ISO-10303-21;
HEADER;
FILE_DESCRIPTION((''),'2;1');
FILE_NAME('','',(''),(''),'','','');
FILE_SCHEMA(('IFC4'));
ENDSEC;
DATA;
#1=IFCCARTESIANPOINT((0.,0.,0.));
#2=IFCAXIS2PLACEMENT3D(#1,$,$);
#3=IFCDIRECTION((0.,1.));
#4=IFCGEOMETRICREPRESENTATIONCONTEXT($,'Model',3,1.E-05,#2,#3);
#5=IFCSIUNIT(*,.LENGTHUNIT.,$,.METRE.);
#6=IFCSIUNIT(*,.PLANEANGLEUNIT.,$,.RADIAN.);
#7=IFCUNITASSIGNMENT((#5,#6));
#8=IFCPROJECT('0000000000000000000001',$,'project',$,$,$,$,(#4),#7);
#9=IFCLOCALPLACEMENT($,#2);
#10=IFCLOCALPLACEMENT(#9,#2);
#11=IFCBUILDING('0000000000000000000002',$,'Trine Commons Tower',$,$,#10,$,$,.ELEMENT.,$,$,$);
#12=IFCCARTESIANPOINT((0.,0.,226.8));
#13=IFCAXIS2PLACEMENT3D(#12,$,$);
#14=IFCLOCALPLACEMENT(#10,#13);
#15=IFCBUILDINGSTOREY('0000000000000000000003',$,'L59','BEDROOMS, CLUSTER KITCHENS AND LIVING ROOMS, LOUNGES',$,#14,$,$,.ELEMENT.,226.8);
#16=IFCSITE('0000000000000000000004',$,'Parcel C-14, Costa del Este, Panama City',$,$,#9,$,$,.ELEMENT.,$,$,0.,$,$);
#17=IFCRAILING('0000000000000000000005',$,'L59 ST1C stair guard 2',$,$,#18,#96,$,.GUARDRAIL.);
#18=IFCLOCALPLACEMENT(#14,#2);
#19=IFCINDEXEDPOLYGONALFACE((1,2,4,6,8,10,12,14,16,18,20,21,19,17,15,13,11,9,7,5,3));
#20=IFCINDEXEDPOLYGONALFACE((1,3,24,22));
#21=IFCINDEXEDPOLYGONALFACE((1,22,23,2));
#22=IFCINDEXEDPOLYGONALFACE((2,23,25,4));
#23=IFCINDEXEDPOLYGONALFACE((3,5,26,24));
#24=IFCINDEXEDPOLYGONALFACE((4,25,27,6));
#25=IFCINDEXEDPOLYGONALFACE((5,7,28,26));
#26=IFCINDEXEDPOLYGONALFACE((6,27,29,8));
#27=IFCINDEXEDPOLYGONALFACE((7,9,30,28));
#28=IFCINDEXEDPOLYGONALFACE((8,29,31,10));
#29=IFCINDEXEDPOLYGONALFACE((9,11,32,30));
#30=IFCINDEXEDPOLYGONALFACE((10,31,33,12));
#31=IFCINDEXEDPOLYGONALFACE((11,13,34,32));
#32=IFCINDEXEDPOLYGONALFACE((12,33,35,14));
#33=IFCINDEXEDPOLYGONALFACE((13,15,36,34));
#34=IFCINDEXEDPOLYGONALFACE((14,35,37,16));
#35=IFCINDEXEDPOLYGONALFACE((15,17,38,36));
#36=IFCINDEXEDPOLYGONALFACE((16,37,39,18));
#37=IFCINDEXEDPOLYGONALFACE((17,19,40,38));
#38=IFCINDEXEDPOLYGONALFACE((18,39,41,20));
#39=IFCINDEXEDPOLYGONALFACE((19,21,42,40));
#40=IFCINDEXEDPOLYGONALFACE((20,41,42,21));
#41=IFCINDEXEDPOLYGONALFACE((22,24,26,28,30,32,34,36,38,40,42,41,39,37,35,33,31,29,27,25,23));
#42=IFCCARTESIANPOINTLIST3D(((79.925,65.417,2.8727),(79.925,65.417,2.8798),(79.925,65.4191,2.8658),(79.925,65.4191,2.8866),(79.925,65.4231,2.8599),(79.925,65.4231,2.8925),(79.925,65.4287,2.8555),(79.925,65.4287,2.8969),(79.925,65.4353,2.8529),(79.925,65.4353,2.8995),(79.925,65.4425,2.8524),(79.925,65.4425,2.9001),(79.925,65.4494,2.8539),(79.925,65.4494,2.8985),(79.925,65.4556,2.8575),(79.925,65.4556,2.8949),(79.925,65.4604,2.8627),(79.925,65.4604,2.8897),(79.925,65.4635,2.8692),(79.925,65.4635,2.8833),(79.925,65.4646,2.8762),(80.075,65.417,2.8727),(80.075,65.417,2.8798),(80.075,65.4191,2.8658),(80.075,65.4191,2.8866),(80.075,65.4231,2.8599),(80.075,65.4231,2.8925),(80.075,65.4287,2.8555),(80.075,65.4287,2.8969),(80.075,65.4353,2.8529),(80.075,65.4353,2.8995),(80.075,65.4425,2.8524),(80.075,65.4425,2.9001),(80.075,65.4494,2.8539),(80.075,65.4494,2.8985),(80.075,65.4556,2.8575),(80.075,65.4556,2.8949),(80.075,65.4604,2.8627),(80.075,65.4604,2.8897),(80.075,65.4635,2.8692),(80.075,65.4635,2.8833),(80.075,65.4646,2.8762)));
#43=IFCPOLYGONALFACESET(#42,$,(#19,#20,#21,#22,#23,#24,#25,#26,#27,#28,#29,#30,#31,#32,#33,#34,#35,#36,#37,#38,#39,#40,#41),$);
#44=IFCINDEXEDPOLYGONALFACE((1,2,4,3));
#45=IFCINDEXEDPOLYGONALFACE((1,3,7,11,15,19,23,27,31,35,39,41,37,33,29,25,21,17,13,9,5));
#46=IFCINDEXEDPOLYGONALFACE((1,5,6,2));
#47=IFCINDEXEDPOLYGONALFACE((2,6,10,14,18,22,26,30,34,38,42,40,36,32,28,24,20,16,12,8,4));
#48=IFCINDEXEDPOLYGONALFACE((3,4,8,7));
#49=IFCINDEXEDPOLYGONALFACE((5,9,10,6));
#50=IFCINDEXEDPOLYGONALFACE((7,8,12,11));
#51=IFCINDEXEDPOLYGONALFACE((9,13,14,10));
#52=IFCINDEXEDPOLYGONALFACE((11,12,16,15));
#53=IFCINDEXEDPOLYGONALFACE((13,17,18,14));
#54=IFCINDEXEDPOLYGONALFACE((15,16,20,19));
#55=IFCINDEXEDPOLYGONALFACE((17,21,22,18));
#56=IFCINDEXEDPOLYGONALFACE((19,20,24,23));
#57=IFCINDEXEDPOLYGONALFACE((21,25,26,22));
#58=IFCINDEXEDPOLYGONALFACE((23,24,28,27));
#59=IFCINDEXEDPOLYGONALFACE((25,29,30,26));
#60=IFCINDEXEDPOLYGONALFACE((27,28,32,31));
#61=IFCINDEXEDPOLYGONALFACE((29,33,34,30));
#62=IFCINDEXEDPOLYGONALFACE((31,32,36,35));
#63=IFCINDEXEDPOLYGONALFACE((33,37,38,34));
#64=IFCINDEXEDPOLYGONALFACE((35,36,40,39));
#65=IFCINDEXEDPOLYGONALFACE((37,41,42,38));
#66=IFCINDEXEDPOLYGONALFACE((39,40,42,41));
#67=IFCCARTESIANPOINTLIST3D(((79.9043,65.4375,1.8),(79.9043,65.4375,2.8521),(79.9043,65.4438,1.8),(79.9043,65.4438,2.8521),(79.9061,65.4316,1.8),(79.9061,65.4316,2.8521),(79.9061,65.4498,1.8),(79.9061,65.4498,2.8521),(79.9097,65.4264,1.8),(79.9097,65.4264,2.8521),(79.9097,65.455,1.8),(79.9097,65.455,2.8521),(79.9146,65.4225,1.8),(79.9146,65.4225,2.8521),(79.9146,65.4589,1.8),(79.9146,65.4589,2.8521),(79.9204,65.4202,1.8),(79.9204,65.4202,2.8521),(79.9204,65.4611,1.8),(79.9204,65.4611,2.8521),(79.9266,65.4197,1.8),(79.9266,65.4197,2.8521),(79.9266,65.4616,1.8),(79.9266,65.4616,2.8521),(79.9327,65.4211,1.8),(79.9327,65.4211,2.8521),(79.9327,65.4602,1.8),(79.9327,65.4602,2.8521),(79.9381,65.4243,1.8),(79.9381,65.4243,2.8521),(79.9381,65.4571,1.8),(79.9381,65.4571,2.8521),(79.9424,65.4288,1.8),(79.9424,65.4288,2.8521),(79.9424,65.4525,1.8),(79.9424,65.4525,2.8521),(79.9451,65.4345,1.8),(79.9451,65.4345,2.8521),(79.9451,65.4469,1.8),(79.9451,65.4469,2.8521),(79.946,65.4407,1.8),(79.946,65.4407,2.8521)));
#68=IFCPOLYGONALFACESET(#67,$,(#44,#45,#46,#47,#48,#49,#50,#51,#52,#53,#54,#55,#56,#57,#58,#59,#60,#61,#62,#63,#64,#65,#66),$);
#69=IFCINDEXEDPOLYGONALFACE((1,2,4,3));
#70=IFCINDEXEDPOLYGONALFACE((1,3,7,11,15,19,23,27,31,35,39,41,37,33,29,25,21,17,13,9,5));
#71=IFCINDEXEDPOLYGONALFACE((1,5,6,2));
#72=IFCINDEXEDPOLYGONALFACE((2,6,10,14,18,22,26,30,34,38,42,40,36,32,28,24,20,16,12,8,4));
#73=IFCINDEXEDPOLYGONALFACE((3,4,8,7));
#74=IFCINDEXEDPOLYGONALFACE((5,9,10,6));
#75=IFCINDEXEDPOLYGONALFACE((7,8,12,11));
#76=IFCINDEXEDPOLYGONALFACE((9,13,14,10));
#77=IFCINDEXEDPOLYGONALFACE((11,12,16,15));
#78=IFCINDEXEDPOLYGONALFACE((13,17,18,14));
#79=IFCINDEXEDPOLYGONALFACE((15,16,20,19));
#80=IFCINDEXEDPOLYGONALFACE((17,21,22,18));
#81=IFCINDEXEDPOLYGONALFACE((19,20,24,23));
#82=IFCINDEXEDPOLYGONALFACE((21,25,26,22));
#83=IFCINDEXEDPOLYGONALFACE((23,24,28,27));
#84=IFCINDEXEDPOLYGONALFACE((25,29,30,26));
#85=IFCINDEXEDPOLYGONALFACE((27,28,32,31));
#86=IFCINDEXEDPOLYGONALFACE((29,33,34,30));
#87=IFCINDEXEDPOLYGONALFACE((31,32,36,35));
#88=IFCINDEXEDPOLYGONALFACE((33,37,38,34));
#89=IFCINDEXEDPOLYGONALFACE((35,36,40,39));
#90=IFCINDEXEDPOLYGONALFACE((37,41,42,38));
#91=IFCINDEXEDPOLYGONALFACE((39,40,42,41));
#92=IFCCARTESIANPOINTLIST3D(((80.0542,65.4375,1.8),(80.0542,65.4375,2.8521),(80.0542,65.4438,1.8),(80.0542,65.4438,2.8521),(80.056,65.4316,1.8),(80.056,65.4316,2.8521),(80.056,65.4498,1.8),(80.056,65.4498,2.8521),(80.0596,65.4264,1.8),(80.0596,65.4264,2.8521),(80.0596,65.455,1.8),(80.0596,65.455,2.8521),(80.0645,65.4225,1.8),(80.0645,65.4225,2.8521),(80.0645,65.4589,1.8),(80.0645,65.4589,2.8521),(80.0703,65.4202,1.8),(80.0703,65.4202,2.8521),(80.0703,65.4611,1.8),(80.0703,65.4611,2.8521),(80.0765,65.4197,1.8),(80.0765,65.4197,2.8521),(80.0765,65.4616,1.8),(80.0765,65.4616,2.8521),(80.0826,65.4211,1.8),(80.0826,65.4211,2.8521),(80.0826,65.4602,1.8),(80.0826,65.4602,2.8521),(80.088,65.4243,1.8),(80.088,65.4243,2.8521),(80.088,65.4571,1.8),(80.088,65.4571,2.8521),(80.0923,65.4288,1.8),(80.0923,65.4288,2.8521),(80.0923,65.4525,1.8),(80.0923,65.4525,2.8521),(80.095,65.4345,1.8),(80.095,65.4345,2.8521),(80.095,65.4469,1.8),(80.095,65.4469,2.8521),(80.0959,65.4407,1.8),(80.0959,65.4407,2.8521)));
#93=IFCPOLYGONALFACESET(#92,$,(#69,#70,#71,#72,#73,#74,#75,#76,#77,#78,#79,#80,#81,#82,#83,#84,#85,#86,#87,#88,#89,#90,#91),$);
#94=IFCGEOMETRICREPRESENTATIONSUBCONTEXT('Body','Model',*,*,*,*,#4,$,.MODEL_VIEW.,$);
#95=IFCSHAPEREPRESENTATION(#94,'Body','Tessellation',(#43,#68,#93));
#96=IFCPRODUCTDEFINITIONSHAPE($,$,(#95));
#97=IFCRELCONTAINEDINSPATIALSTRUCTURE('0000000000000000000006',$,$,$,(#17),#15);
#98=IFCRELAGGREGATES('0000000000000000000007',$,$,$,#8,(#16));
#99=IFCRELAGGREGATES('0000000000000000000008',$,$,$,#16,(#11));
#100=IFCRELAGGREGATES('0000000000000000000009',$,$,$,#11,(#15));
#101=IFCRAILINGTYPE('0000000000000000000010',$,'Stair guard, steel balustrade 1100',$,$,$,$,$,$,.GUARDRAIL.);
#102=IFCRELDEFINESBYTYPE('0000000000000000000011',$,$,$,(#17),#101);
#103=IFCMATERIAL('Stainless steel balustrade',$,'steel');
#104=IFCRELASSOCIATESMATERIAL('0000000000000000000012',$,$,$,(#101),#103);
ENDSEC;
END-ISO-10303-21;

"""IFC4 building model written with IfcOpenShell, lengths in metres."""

from ifc_helpers import new_model, si_unit, direction, frame, origin, origin_2d, place, context, subcontext, project, spatial, circle, extrude, material, type_object, element, save


model = new_model("IFC4")

# Units and contexts
model_context = context("Model", 3, precision=1e-05, world=origin(), true_north=direction((0.0, 1.0)))
body_context = subcontext(model_context, "Body", "Model", "MODEL_VIEW")
ifc_project = project(units=[si_unit("LENGTHUNIT", "METRE"), si_unit("PLANEANGLEUNIT", "RADIAN")], contexts=[model_context])

# Site, building, storey
site_placement = place(None, origin())
site = spatial("IfcSite", under=ifc_project, at=site_placement, Name="Parcel C-14, Costa del Este, Panama City", CompositionType="ELEMENT", RefElevation=0.0)
building_placement = place(site_placement, origin())
building = spatial("IfcBuilding", under=site, at=building_placement, Name="Trine Commons Tower", CompositionType="ELEMENT")
storey_placement = place(building_placement, frame((0.0, 0.0, 226.8)))
storey = spatial("IfcBuildingStorey", under=building, at=storey_placement, Name="L59", Description="BEDROOMS, CLUSTER KITCHENS AND LIVING ROOMS, LOUNGES", CompositionType="ELEMENT", Elevation=226.8)

# Railing
ifc_material_1 = material(Name="Stainless steel balustrade", Category="steel")
railing_type_1 = type_object("IfcRailingType", Name="Stair guard, steel balustrade 1100", PredefinedType="GUARDRAIL", material=ifc_material_1)
railing_1_placement = place(storey_placement, frame((79.925, 65.4407, 1.8)))
element("IfcRailing", 1, at=railing_1_placement, inside=storey, type_object=railing_type_1, Name="L59 ST1C stair guard 2", PredefinedType="GUARDRAIL", context=body_context, shape_type="SweptSolid", body=[
    extrude(circle(Radius=0.0239, at=origin_2d()), frame((0.0, 0.0, 1.0762), z_axis=(1.0, 0.0, 0.0), x_axis=(0.0, 1.0, 0.0)), (0.0, 0.0, 1.0), 0.1499),
    extrude(circle(Radius=0.021, at=origin_2d()), origin(), (0.0, 0.0, 1.0), 1.052),
    extrude(circle(Radius=0.021, at=origin_2d()), frame((0.1499, 0.0, 0.0)), (0.0, 0.0, 1.0), 1.052),
])

save(model, "model.ifc")
